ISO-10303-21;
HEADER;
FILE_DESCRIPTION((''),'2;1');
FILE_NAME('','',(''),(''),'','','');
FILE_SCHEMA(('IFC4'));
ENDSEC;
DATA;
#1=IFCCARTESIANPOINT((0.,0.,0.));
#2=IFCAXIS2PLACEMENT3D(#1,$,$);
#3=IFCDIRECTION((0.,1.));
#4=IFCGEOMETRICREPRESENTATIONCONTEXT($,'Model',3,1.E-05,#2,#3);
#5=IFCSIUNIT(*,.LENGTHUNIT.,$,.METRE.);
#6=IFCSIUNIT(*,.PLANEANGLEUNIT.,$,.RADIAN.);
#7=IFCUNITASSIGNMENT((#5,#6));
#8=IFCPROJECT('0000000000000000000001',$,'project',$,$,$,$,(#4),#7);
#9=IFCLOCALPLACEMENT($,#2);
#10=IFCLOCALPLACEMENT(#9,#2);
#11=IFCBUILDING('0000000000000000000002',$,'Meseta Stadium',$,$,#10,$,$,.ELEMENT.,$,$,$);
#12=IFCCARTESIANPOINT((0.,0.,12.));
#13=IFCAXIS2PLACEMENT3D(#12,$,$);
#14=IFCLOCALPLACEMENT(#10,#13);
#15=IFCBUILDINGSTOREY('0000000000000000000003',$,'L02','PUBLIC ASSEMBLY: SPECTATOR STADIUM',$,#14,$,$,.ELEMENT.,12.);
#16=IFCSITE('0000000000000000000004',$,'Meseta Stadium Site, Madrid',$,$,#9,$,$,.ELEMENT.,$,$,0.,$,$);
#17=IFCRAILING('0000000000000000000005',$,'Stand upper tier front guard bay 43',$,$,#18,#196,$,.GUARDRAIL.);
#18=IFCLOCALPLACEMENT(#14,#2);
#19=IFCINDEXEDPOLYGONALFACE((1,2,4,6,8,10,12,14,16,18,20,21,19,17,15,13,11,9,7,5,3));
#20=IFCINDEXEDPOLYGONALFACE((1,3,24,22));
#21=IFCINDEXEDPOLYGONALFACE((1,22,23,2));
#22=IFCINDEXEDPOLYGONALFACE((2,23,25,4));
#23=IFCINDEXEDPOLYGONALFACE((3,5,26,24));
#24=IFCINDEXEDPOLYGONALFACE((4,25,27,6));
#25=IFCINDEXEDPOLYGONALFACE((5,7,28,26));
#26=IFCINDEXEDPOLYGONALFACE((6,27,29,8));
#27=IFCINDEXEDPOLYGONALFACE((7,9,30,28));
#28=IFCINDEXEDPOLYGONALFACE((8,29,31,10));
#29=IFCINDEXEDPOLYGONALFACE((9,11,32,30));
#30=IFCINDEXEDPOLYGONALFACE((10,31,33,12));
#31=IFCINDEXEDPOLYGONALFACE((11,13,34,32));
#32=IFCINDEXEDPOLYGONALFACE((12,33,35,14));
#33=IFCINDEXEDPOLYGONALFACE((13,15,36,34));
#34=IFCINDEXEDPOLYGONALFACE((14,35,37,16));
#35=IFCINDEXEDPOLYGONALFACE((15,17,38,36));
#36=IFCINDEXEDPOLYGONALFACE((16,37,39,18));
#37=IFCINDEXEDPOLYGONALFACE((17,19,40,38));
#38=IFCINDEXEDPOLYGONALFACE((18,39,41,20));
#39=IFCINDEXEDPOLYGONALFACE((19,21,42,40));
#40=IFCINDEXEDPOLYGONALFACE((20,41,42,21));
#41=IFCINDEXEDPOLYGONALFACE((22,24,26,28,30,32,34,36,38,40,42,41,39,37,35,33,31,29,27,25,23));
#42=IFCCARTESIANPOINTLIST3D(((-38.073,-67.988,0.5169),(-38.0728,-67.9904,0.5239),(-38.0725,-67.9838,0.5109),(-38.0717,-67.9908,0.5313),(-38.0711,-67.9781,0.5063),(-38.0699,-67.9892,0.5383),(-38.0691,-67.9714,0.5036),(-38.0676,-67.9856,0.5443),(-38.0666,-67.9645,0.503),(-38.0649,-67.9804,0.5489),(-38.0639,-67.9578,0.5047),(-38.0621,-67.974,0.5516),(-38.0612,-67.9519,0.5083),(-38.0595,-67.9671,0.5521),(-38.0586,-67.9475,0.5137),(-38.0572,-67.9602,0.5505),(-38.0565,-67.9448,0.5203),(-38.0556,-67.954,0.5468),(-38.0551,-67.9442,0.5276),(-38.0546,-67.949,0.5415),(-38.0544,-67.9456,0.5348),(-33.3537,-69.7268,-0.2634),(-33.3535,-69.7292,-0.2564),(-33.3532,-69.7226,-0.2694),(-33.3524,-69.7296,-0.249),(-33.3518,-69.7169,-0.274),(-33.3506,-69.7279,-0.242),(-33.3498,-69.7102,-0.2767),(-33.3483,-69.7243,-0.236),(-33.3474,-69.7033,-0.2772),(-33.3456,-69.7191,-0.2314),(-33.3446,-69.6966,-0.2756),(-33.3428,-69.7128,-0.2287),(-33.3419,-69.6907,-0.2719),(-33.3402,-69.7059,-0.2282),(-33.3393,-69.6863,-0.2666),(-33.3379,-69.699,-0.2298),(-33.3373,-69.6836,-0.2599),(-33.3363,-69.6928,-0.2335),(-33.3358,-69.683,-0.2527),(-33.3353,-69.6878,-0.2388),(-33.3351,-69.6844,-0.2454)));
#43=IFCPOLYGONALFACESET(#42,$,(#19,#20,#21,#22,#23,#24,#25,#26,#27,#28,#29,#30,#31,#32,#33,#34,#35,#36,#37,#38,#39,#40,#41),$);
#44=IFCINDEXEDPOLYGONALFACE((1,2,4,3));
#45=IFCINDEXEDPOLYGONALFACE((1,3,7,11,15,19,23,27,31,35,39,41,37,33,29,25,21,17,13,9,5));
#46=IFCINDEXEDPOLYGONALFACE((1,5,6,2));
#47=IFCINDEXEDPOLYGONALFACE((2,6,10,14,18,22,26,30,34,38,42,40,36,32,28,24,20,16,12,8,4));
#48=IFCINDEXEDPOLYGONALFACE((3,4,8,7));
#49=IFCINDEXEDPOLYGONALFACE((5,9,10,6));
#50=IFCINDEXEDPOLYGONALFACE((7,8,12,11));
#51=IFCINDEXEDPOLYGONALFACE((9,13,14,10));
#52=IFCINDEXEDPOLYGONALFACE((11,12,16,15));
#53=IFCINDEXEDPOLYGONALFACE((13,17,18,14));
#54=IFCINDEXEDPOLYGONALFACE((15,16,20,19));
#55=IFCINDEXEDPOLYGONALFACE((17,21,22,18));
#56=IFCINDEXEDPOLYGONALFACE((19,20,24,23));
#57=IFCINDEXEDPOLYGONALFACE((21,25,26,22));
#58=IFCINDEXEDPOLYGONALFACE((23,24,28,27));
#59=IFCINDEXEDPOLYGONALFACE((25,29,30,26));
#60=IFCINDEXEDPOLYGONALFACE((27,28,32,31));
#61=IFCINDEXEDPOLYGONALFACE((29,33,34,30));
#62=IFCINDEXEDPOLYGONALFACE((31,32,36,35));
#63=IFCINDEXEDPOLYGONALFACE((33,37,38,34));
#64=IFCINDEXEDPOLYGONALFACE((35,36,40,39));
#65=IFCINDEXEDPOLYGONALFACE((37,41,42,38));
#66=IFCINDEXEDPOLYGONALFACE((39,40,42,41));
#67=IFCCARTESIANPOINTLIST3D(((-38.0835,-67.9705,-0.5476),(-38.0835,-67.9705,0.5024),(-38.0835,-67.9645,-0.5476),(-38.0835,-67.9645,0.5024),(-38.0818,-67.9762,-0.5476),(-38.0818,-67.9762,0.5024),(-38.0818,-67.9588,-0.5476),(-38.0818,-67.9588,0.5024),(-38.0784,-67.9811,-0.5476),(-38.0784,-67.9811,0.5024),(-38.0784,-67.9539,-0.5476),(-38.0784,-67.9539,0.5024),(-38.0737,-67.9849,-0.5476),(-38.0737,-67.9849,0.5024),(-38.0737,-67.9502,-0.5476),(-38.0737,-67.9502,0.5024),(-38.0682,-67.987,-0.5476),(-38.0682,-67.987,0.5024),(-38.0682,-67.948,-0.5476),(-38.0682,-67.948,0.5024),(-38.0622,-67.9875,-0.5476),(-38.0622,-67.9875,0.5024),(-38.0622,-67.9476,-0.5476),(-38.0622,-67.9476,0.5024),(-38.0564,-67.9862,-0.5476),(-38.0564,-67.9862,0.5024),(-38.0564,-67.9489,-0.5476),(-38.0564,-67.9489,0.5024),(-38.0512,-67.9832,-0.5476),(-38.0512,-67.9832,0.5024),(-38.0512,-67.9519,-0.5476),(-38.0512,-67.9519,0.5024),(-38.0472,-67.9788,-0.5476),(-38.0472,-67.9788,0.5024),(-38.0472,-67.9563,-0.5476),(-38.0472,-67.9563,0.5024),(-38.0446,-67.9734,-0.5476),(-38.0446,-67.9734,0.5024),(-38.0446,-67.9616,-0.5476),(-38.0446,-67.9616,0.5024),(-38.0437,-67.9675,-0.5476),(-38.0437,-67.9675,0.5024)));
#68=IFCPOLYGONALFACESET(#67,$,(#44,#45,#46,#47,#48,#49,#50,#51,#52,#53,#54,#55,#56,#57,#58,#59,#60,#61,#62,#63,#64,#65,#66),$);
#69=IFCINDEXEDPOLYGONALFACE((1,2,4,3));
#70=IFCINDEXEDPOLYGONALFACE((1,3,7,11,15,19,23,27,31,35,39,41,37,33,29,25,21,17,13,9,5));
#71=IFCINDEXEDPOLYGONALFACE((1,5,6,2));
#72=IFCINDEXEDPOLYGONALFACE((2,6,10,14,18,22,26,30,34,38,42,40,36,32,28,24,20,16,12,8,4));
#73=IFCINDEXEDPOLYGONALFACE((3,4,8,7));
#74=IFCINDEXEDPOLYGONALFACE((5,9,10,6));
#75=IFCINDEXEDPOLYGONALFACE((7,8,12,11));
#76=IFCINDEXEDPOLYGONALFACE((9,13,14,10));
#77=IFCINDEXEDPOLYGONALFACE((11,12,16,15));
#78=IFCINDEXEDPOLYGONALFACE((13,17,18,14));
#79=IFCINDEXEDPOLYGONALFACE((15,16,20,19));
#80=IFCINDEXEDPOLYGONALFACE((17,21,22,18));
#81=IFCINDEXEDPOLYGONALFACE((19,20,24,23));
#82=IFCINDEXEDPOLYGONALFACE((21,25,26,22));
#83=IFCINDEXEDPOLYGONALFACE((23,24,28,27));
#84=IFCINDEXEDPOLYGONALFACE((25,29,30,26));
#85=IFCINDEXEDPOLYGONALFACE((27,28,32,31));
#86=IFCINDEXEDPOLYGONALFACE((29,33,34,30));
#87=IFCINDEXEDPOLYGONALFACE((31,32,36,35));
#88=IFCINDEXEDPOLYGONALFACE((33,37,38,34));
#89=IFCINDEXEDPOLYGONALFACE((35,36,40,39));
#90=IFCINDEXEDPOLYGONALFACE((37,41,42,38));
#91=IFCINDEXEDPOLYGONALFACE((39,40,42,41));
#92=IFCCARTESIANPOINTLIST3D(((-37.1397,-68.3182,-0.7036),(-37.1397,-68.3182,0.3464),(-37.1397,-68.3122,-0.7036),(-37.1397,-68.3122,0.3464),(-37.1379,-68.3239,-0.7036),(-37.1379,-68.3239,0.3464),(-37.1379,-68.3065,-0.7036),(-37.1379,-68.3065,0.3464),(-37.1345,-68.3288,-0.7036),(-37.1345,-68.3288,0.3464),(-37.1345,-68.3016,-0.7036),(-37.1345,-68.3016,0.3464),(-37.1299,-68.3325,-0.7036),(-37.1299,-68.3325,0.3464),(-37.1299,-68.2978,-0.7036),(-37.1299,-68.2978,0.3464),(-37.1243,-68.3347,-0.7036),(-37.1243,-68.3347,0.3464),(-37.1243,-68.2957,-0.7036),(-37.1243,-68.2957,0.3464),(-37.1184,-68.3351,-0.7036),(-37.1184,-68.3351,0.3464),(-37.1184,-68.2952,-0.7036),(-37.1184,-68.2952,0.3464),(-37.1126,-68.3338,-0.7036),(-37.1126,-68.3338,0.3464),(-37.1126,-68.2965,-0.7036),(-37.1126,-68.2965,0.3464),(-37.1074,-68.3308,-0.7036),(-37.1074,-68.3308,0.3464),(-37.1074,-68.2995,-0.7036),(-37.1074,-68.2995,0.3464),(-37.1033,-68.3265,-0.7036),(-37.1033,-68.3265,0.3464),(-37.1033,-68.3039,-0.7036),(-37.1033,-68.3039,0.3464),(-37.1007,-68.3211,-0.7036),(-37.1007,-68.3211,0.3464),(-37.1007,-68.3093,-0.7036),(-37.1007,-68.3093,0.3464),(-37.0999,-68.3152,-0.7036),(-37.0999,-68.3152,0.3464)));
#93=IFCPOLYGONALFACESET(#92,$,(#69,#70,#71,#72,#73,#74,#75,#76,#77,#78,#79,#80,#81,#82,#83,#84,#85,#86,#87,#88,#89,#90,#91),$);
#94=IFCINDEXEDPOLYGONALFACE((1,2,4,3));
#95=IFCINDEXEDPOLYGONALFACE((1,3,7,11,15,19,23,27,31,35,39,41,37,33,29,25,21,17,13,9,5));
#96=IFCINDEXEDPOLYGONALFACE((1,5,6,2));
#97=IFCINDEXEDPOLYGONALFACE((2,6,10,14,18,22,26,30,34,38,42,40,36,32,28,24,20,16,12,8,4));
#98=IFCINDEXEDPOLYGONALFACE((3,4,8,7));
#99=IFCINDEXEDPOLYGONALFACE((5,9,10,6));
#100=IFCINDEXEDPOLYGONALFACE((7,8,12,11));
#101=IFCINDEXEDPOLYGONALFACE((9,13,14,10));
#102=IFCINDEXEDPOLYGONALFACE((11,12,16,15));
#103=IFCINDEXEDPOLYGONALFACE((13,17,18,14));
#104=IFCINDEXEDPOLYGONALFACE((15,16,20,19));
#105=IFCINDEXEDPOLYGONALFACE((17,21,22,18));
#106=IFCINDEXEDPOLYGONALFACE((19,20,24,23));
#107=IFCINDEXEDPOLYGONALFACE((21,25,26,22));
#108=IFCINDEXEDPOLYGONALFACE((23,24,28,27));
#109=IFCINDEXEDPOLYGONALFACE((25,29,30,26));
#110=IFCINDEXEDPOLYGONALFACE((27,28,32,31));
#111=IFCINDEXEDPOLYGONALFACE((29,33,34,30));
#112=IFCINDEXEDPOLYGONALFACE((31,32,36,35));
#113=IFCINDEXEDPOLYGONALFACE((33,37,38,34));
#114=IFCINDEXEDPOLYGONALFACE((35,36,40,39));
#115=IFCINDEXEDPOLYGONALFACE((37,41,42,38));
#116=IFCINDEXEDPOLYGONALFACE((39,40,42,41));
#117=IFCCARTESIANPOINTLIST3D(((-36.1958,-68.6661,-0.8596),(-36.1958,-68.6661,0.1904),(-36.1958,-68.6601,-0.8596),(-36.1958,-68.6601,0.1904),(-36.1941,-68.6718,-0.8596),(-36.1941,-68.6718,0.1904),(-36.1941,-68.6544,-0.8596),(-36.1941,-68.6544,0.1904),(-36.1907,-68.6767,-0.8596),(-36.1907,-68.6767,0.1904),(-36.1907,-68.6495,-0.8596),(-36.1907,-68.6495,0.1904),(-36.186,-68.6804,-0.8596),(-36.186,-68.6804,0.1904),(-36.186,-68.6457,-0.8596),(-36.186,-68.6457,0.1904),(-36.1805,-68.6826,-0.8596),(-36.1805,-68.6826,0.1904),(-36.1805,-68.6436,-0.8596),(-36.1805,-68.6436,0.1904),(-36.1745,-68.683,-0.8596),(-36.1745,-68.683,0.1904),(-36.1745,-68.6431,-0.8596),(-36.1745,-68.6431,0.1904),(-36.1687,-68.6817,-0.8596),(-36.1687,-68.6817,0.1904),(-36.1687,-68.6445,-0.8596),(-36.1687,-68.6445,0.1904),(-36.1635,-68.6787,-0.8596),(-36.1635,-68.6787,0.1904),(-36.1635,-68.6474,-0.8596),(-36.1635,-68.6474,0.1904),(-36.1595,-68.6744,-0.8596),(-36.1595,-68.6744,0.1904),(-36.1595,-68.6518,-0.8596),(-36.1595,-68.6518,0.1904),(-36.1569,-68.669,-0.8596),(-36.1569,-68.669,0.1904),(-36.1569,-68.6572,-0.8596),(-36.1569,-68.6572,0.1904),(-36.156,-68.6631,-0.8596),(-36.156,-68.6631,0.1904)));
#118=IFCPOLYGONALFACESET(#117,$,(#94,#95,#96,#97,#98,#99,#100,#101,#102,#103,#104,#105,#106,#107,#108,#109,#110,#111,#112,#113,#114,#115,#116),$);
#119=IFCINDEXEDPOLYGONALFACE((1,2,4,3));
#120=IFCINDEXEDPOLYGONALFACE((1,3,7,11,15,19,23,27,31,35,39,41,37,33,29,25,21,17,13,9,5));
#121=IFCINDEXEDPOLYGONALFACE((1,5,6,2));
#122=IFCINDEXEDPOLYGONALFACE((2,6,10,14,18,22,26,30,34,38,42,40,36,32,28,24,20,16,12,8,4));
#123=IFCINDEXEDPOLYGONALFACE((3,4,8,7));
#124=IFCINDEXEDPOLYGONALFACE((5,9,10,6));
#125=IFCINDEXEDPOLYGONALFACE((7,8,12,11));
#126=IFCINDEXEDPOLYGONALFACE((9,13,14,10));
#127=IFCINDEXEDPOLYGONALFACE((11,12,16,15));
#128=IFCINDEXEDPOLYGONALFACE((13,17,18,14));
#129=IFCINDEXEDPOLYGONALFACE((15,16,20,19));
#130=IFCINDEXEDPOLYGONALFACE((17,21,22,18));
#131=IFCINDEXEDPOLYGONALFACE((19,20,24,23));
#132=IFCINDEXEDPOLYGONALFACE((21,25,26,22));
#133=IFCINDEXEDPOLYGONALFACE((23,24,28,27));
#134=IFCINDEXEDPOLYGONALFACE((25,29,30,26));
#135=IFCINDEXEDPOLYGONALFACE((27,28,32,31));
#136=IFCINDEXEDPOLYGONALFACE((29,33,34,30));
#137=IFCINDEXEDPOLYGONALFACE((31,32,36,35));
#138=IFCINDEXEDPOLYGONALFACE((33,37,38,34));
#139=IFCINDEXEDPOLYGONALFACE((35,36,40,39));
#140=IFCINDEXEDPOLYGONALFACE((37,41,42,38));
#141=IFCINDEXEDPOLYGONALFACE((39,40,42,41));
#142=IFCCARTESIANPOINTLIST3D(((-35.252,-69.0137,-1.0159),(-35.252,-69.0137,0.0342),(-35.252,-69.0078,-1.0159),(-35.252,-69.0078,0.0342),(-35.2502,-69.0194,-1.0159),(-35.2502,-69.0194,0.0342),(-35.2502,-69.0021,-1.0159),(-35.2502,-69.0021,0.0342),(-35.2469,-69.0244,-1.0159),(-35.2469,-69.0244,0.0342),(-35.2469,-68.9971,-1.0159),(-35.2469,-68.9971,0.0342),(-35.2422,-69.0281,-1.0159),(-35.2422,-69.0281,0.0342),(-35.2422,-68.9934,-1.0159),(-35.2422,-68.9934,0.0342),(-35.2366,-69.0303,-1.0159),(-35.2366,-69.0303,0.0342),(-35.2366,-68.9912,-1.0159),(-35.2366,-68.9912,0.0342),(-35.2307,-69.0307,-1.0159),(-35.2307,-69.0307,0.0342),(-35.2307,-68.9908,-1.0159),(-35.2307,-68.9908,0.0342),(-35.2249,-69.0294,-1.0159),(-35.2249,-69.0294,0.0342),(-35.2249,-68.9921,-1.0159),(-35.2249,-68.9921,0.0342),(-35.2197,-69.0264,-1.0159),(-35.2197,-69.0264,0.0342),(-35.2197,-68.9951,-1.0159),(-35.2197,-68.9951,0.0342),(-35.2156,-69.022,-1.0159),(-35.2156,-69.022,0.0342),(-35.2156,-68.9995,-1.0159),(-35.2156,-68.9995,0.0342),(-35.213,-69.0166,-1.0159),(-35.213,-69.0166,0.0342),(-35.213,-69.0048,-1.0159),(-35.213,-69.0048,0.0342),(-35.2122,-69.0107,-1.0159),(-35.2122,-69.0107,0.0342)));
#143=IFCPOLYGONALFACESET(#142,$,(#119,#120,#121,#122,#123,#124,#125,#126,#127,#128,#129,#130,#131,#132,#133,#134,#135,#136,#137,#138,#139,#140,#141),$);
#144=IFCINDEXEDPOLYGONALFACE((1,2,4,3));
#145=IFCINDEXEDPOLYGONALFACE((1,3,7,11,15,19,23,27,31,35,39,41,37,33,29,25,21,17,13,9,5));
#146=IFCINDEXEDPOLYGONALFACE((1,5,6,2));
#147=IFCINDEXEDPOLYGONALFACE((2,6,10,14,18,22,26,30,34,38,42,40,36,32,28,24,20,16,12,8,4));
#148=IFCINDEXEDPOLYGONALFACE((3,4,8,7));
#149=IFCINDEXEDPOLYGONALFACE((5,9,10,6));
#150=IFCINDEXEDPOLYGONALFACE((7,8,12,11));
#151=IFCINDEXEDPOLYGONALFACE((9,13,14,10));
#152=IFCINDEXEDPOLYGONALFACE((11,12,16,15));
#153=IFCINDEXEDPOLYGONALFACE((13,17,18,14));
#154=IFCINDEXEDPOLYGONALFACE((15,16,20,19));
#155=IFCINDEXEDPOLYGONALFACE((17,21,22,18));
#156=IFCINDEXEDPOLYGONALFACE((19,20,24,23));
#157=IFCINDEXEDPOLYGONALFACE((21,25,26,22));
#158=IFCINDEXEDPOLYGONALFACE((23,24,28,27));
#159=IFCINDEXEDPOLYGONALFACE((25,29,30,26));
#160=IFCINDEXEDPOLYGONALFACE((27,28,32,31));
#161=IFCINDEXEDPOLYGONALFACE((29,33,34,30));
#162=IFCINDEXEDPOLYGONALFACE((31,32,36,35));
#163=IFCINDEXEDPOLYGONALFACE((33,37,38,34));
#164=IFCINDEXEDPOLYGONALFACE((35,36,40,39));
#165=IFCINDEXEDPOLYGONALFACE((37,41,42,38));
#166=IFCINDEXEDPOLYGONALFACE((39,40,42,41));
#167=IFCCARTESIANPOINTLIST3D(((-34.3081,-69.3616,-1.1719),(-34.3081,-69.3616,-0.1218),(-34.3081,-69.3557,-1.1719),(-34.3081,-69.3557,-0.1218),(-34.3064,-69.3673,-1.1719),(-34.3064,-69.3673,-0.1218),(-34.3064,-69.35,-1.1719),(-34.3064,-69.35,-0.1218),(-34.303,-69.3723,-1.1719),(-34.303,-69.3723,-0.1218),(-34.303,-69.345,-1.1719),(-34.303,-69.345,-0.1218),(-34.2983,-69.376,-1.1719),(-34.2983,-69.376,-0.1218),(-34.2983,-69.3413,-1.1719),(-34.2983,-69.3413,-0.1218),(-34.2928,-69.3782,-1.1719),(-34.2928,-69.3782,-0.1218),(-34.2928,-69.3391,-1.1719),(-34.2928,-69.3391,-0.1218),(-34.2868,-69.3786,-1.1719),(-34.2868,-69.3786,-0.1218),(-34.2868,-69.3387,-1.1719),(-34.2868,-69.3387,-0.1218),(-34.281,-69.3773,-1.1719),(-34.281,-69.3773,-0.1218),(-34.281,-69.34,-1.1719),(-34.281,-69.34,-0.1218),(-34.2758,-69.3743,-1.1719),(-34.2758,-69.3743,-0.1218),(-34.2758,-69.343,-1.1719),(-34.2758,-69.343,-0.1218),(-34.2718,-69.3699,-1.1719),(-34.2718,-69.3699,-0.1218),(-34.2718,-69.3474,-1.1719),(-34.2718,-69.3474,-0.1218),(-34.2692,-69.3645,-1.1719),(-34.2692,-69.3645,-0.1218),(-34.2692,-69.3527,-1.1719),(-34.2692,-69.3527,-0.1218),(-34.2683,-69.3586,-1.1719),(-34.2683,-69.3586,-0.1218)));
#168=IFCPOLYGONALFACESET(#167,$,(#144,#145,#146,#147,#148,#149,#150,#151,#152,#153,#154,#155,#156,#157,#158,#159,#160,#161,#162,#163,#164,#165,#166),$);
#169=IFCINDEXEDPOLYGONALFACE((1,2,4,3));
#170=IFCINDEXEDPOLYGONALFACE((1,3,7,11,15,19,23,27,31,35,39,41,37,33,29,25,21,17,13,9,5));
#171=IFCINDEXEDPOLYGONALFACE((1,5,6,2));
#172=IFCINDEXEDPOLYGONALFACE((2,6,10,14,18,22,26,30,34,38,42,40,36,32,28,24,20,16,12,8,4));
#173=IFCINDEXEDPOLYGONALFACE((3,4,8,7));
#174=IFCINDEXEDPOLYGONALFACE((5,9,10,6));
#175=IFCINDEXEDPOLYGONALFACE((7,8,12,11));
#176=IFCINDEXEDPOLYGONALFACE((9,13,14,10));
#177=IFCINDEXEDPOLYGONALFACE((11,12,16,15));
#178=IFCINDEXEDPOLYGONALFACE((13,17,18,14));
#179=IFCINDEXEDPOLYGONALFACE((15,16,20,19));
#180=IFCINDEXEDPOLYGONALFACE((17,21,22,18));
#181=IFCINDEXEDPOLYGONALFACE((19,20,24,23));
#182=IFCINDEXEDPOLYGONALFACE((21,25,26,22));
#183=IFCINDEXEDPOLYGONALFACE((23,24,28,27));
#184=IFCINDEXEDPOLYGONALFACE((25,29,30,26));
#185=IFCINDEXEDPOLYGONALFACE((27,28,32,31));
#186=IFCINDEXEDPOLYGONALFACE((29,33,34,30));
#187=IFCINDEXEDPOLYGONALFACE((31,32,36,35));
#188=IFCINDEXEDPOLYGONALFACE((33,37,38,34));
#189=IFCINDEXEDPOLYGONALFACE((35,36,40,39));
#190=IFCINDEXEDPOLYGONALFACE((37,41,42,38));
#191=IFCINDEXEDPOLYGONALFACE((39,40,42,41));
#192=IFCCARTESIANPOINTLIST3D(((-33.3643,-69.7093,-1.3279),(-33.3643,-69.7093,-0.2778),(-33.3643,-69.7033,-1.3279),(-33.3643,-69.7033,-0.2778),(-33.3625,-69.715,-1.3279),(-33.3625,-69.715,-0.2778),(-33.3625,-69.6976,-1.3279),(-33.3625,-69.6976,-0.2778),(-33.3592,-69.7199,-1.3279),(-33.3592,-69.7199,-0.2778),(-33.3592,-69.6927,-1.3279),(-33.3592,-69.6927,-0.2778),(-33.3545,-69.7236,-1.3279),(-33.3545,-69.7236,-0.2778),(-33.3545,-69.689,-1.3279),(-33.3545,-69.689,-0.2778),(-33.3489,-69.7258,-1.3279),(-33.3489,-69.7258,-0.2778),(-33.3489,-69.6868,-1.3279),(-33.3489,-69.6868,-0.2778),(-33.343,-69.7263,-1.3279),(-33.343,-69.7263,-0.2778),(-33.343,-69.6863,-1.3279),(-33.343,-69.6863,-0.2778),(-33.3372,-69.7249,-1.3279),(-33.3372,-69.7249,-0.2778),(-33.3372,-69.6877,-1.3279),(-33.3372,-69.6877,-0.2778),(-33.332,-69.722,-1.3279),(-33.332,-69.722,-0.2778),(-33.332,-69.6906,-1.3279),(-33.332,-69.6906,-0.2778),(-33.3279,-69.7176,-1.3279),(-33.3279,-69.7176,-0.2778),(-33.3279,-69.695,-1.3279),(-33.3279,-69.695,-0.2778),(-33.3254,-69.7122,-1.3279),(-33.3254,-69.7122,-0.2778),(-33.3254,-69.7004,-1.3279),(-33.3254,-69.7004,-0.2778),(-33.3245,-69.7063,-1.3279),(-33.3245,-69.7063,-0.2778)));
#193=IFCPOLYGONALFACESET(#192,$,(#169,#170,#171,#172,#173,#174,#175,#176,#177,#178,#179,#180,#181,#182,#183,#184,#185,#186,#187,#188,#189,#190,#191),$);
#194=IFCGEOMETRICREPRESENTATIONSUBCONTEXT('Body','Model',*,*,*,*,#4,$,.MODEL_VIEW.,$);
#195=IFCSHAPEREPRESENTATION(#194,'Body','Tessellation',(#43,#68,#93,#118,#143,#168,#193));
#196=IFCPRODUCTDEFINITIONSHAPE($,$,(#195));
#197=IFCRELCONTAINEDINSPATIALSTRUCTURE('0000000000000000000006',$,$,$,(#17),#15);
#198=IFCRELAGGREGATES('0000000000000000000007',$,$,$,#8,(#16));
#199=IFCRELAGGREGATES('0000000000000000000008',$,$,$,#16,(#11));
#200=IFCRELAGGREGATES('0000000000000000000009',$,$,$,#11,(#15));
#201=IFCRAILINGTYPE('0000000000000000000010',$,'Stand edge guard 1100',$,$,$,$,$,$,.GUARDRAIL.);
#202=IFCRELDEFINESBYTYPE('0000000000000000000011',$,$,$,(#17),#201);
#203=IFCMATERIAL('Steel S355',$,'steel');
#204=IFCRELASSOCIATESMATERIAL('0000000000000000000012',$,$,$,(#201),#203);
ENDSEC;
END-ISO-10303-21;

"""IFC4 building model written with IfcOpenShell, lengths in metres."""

from ifc_helpers import new_model, si_unit, direction, frame, origin, origin_2d, place, context, subcontext, project, spatial, circle, extrude, material, type_object, element, save


model = new_model("IFC4")

# Units and contexts
model_context = context("Model", 3, precision=1e-05, world=origin(), true_north=direction((0.0, 1.0)))
body_context = subcontext(model_context, "Body", "Model", "MODEL_VIEW")
ifc_project = project(units=[si_unit("LENGTHUNIT", "METRE"), si_unit("PLANEANGLEUNIT", "RADIAN")], contexts=[model_context])

# Site, building, storey
site_placement = place(None, origin())
site = spatial("IfcSite", under=ifc_project, at=site_placement, Name="Meseta Stadium Site, Madrid", CompositionType="ELEMENT", RefElevation=0.0)
building_placement = place(site_placement, origin())
building = spatial("IfcBuilding", under=site, at=building_placement, Name="Meseta Stadium", CompositionType="ELEMENT")
storey_placement = place(building_placement, frame((0.0, 0.0, 12.0)))
storey = spatial("IfcBuildingStorey", under=building, at=storey_placement, Name="L02", Description="PUBLIC ASSEMBLY: SPECTATOR STADIUM", CompositionType="ELEMENT", Elevation=12.0)

# Railing
ifc_material_1 = material(Name="Steel S355", Category="steel")
railing_type = type_object("IfcRailingType", Name="Stand edge guard 1100", PredefinedType="GUARDRAIL", material=ifc_material_1)
railing_1_placement = place(storey_placement, frame((-38.0637, -67.9675, -0.5476)))
element("IfcRailing", 1, at=railing_1_placement, inside=storey, type_object=railing_type, Name="Stand upper tier front guard bay 43", PredefinedType="GUARDRAIL", context=body_context, shape_type="SweptSolid", body=[
    extrude(circle(Radius=0.0249, at=origin_2d()), frame((0.0, 0.0, 1.0752), z_axis=(0.927244, -0.341636, -0.153309), x_axis=(0.345723, 0.938336, 0.0)), (0.0, 0.0, 1.0), 5.0896),
    extrude(circle(Radius=0.02, at=origin_2d()), origin(), (0.0, 0.0, 1.0), 1.05),
    extrude(circle(Radius=0.02, at=origin_2d()), frame((0.9438, -0.3477, -0.156)), (0.0, 0.0, 1.0), 1.05),
    extrude(circle(Radius=0.02, at=origin_2d()), frame((1.8877, -0.6956, -0.312)), (0.0, 0.0, 1.0), 1.05),
    extrude(circle(Radius=0.02, at=origin_2d()), frame((2.8315, -1.0432, -0.4683)), (0.0, 0.0, 1.0), 1.05),
    extrude(circle(Radius=0.02, at=origin_2d()), frame((3.7754, -1.3911, -0.6243)), (0.0, 0.0, 1.0), 1.05),
    extrude(circle(Radius=0.02, at=origin_2d()), frame((4.7192, -1.7388, -0.7803)), (0.0, 0.0, 1.0), 1.05),
])

save(model, "model.ifc")
